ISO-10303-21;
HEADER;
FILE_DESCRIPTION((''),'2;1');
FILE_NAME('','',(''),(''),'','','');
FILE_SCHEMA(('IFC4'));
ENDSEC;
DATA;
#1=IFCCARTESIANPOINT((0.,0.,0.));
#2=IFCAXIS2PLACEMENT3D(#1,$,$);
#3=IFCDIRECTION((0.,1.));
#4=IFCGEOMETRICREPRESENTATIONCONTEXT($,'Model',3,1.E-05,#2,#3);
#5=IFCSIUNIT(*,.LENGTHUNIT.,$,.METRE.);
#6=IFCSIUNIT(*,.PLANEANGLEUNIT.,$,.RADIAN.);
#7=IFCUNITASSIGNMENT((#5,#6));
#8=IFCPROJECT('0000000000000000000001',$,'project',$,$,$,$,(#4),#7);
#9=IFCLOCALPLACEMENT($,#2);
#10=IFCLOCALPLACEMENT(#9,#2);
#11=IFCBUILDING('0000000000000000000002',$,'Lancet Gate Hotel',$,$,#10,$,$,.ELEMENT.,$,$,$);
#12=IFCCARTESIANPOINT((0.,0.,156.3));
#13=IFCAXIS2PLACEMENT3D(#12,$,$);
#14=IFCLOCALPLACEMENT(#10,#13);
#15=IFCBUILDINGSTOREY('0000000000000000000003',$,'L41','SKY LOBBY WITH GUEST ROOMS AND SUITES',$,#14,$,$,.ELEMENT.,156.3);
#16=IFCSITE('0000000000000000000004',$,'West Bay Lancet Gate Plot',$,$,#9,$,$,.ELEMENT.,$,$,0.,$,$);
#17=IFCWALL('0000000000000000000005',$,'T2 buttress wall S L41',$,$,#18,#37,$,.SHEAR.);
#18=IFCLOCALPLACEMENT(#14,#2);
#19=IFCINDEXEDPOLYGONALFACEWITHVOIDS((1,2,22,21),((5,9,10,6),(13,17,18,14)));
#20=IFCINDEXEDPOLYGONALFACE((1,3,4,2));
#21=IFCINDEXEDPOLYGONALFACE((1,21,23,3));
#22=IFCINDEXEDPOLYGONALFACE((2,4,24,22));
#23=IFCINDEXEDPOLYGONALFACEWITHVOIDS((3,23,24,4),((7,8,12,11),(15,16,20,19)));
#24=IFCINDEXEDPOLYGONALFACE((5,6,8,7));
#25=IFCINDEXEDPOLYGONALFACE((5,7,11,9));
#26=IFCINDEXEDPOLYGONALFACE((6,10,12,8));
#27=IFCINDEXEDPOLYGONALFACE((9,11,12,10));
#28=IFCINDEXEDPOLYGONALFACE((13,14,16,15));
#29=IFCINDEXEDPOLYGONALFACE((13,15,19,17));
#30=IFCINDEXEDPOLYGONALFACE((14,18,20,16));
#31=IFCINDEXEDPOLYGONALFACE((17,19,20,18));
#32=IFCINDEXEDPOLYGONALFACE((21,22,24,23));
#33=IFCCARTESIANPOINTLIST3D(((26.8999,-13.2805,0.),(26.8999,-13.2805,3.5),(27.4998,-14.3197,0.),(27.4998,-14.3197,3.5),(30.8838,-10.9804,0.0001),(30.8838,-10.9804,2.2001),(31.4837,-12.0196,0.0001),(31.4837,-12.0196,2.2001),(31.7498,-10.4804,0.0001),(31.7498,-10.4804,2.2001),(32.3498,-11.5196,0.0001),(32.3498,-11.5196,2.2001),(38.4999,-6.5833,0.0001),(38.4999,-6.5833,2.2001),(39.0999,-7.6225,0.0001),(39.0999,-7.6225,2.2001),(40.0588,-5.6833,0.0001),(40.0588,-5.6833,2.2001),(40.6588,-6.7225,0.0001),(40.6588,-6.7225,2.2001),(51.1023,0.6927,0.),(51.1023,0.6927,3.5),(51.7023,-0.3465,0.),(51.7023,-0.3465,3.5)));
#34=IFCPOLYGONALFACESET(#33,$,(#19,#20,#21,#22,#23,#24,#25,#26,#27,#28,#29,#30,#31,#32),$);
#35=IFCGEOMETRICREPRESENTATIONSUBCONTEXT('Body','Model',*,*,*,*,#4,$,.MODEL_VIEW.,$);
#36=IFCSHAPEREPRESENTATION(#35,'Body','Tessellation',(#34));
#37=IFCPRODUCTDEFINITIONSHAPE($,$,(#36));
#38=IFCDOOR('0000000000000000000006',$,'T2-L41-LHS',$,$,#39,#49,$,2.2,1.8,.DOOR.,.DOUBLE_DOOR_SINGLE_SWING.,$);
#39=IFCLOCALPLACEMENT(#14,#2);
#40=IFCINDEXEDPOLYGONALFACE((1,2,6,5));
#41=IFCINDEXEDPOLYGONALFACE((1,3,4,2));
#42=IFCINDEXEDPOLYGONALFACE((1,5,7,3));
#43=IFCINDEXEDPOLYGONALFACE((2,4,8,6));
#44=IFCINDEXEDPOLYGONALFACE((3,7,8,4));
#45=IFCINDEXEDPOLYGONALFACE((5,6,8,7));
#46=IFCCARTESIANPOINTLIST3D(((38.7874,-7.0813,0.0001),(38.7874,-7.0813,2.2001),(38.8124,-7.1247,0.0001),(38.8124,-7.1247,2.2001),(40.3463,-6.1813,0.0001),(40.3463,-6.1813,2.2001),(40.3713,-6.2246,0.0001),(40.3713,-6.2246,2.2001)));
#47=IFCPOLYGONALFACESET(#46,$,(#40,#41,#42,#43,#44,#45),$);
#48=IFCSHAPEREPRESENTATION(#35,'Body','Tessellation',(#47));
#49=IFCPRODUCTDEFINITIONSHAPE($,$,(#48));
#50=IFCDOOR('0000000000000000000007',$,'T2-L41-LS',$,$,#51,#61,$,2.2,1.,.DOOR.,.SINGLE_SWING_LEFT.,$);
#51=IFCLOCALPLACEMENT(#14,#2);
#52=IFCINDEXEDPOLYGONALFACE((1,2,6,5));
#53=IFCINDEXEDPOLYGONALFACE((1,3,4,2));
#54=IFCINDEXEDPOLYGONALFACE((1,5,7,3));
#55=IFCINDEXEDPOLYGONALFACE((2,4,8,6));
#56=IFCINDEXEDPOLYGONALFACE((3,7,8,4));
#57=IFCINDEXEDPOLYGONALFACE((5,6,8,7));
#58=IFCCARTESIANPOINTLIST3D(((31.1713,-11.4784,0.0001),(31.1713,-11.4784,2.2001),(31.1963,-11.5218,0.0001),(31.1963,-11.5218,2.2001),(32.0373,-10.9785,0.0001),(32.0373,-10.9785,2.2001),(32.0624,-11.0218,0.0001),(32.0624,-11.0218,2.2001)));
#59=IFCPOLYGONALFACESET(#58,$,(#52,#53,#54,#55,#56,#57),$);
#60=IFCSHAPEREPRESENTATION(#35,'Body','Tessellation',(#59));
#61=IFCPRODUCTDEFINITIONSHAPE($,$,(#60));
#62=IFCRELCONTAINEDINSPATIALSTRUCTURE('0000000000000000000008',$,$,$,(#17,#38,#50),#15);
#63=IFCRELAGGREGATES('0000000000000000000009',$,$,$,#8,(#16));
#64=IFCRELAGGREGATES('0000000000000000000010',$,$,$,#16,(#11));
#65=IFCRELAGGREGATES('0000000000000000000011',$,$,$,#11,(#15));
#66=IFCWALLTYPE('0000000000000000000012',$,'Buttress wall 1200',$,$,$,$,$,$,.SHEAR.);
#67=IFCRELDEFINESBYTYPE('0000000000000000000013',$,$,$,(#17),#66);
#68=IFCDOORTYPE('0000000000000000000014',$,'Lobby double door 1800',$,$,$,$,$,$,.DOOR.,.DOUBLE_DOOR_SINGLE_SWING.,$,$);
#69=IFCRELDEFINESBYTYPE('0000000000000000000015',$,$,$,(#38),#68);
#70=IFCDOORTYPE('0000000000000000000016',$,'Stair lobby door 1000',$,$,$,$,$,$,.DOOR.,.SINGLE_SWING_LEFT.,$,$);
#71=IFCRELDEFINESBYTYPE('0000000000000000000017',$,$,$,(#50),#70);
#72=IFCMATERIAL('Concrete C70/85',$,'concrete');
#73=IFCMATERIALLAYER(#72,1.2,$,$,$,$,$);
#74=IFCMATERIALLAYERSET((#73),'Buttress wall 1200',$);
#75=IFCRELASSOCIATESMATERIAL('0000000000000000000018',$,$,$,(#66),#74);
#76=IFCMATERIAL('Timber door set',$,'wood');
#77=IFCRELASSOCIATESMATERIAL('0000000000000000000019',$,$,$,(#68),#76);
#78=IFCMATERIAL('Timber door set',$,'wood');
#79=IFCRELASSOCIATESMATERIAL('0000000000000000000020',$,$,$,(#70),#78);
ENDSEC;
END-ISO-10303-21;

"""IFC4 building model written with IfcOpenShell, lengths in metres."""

from ifc_helpers import new_model, si_unit, direction, frame, frame_2d, origin, place, context, subcontext, project, spatial, rectangle, extrude, material, layer, layer_set, type_object, element, fill, save


model = new_model("IFC4")

# Units and contexts
model_context = context("Model", 3, precision=1e-05, world=origin(), true_north=direction((0.0, 1.0)))
body_context = subcontext(model_context, "Body", "Model", "MODEL_VIEW")
ifc_project = project(units=[si_unit("LENGTHUNIT", "METRE"), si_unit("PLANEANGLEUNIT", "RADIAN")], contexts=[model_context])

# Site, building, storey
site_placement = place(None, origin())
site = spatial("IfcSite", under=ifc_project, at=site_placement, Name="West Bay Lancet Gate Plot", CompositionType="ELEMENT", RefElevation=0.0)
building_placement = place(site_placement, origin())
building = spatial("IfcBuilding", under=site, at=building_placement, Name="Lancet Gate Hotel", CompositionType="ELEMENT")
storey_placement = place(building_placement, frame((0.0, 0.0, 156.3)))
storey = spatial("IfcBuildingStorey", under=building, at=storey_placement, Name="L41", Description="SKY LOBBY WITH GUEST ROOMS AND SUITES", CompositionType="ELEMENT", Elevation=156.3)

# Wall, openings, doors
ifc_material_1 = material(Name="Concrete C70/85", Category="concrete")
ifc_layer_1 = layer(ifc_material_1, 1.2)
ifc_layer_set_1 = layer_set([ifc_layer_1], Name="Buttress wall 1200")
wall_type_1 = type_object("IfcWallType", Name="Buttress wall 1200", PredefinedType="SHEAR", material=ifc_layer_set_1)
wall_1_placement = place(storey_placement, frame((27.2, -13.8, 0.0), z_axis=(0.0, 0.0, 1.0), x_axis=(0.866027, 0.499997, 0.0)))
wall_1 = element("IfcWall", 1, at=wall_1_placement, inside=storey, type_object=wall_type_1, Name="T2 buttress wall S L41", PredefinedType="SHEAR", context=body_context, shape_type="SweptSolid", body=[
    extrude(rectangle(XDim=27.9465, YDim=1.2, at=frame_2d((13.9731, 0.0))), origin(), (0.0, 0.0, 1.0), 3.5),
])
opening_1_placement = place(wall_1_placement, frame((4.6001, 0.0, 0.0)))
opening_1 = element("IfcOpeningElement", 2, at=opening_1_placement, cuts=wall_1, PredefinedType="OPENING", context=body_context, shape_type="SweptSolid", body=[
    extrude(rectangle(XDim=1.0, YDim=2.2, at=frame_2d((0.5, 1.1001))), frame((0.0, 0.6099, 0.0), z_axis=(0.0, -1.0, 0.0), x_axis=(1.0, 0.0, 0.0)), (0.0, 0.0, 1.0), 1.22),
])
opening_2_placement = place(wall_1_placement, frame((13.3945, 0.0, 0.0)))
opening_2 = element("IfcOpeningElement", 3, at=opening_2_placement, cuts=wall_1, PredefinedType="OPENING", context=body_context, shape_type="SweptSolid", body=[
    extrude(rectangle(XDim=1.8, YDim=2.2, at=frame_2d((0.8999, 1.1001))), frame((0.0, 0.6099, 0.0), z_axis=(0.0, -1.0, 0.0), x_axis=(1.0, 0.0, 0.0)), (0.0, 0.0, 1.0), 1.22),
])
ifc_material_2 = material(Name="Timber door set", Category="wood")
door_type_1 = type_object("IfcDoorType", Name="Lobby double door 1800", OperationType="DOUBLE_DOOR_SINGLE_SWING", PredefinedType="DOOR", material=ifc_material_2)
door_1_placement = place(opening_2_placement, origin())
door_1 = element("IfcDoor", 4, at=door_1_placement, inside=storey, type_object=door_type_1, Name="T2-L41-LHS", OperationType="DOUBLE_DOOR_SINGLE_SWING", OverallHeight=2.2, OverallWidth=1.8, PredefinedType="DOOR", context=body_context, shape_type="SweptSolid", body=[
    extrude(rectangle(XDim=1.8, YDim=2.2, at=frame_2d((0.8999, 1.1001))), frame((0.0, 0.0249, 0.0), z_axis=(0.0, -1.0, 0.0), x_axis=(1.0, 0.0, 0.0)), (0.0, 0.0, 1.0), 0.05),
])
fill(opening_2, door_1)
ifc_material_3 = material(Name="Timber door set", Category="wood")
door_type_2 = type_object("IfcDoorType", Name="Stair lobby door 1000", OperationType="SINGLE_SWING_LEFT", PredefinedType="DOOR", material=ifc_material_3)
door_2_placement = place(opening_1_placement, origin())
door_2 = element("IfcDoor", 5, at=door_2_placement, inside=storey, type_object=door_type_2, Name="T2-L41-LS", OperationType="SINGLE_SWING_LEFT", OverallHeight=2.2, OverallWidth=1.0, PredefinedType="DOOR", context=body_context, shape_type="SweptSolid", body=[
    extrude(rectangle(XDim=1.0, YDim=2.2, at=frame_2d((0.5, 1.1001))), frame((0.0, 0.0249, 0.0), z_axis=(0.0, -1.0, 0.0), x_axis=(1.0, 0.0, 0.0)), (0.0, 0.0, 1.0), 0.05),
])
fill(opening_1, door_2)

save(model, "model.ifc")
